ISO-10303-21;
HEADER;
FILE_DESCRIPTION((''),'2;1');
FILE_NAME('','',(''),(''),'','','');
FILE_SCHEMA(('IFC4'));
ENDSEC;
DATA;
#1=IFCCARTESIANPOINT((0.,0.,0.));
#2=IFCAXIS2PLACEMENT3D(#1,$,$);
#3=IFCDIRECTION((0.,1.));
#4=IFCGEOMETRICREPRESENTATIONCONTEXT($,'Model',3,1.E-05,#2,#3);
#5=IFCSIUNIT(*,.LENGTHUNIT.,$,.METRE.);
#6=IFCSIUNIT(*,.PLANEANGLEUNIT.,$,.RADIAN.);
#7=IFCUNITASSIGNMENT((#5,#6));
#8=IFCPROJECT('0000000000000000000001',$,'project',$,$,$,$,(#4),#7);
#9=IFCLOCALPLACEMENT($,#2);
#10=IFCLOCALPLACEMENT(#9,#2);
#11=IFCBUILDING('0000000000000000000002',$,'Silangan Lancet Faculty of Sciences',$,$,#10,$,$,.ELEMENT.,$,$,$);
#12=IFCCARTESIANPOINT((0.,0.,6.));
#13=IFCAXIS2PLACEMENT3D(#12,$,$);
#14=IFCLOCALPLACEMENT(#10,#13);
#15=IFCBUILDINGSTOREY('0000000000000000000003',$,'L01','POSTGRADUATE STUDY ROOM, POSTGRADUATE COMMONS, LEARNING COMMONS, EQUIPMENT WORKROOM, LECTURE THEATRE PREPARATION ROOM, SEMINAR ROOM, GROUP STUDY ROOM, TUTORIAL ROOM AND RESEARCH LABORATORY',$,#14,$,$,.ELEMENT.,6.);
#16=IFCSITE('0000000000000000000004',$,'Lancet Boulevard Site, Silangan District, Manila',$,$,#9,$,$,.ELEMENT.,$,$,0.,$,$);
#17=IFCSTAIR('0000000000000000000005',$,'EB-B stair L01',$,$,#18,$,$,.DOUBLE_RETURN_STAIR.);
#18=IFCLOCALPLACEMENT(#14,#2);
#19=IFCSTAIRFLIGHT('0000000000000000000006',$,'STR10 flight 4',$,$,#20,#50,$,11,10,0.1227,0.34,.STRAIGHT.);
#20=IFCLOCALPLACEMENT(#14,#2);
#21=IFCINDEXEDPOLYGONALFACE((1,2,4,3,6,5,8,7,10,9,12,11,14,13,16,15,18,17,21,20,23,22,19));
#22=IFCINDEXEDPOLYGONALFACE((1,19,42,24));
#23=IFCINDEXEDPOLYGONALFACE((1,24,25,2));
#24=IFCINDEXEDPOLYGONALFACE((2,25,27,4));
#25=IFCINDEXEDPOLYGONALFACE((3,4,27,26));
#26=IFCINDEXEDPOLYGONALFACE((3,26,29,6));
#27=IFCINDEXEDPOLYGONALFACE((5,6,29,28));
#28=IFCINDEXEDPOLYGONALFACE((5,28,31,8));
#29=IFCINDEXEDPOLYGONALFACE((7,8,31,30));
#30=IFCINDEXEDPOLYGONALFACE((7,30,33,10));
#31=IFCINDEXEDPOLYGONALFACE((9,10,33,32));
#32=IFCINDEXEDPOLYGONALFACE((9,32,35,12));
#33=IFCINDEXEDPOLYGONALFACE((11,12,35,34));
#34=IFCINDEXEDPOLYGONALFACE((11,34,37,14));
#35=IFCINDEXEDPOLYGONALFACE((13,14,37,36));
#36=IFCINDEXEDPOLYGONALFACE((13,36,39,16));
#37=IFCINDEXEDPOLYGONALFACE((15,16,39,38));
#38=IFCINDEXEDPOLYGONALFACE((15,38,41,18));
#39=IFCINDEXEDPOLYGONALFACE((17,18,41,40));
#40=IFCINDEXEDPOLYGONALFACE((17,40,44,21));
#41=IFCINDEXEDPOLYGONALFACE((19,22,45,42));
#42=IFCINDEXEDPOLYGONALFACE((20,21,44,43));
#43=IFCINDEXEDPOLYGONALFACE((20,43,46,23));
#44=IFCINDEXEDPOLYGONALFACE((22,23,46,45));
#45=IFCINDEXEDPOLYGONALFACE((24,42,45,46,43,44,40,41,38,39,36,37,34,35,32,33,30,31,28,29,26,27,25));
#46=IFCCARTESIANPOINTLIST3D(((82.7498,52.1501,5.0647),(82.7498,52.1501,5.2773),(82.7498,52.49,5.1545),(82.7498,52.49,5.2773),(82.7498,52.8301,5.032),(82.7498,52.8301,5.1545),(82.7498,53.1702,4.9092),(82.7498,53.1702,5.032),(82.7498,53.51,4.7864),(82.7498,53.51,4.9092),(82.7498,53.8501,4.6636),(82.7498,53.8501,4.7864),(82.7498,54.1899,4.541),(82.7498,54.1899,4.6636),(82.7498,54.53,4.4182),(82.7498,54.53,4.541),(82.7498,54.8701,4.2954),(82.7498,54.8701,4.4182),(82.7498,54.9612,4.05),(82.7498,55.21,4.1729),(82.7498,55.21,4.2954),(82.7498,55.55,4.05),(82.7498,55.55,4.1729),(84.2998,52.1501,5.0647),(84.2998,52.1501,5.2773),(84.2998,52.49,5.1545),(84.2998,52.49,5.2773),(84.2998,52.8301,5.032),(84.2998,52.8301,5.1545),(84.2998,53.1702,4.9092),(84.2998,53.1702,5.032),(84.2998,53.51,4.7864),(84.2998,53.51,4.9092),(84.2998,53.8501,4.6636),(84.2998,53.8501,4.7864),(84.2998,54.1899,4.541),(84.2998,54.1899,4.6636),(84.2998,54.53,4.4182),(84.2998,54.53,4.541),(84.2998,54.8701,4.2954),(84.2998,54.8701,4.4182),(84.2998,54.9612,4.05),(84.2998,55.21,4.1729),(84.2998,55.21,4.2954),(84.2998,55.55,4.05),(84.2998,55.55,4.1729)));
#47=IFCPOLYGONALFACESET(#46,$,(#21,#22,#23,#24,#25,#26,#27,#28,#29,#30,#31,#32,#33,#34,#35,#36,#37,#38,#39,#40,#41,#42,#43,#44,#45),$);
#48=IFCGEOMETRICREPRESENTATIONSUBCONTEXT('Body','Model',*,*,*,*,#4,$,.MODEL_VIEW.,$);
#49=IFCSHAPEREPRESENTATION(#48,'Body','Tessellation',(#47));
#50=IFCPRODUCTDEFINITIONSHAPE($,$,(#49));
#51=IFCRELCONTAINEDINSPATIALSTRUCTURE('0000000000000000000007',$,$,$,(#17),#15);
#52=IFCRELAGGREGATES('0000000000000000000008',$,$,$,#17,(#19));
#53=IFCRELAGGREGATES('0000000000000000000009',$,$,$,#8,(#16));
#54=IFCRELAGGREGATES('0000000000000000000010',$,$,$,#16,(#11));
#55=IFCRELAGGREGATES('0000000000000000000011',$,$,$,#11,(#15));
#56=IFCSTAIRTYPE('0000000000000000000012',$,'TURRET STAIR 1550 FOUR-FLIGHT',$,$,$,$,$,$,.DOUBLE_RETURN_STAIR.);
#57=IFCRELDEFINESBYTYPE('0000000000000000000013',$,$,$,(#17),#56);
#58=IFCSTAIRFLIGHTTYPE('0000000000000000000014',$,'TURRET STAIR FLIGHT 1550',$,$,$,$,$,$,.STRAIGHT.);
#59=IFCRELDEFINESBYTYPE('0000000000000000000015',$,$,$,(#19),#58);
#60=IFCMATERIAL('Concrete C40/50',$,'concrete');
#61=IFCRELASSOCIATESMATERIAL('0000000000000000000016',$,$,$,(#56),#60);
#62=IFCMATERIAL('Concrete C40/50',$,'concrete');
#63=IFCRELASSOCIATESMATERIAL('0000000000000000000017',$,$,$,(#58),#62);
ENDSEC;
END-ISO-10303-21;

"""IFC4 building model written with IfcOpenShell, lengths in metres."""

from ifc_helpers import new_model, si_unit, direction, frame, origin, place, context, subcontext, project, spatial, polyline, outline, extrude, material, type_object, element, aggregate, save


model = new_model("IFC4")

# Units and contexts
model_context = context("Model", 3, precision=1e-05, world=origin(), true_north=direction((0.0, 1.0)))
body_context = subcontext(model_context, "Body", "Model", "MODEL_VIEW")
ifc_project = project(units=[si_unit("LENGTHUNIT", "METRE"), si_unit("PLANEANGLEUNIT", "RADIAN")], contexts=[model_context])

# Site, building, storey
site_placement = place(None, origin())
site = spatial("IfcSite", under=ifc_project, at=site_placement, Name="Lancet Boulevard Site, Silangan District, Manila", CompositionType="ELEMENT", RefElevation=0.0)
building_placement = place(site_placement, origin())
building = spatial("IfcBuilding", under=site, at=building_placement, Name="Silangan Lancet Faculty of Sciences", CompositionType="ELEMENT")
storey_placement = place(building_placement, frame((0.0, 0.0, 6.0)))
storey = spatial("IfcBuildingStorey", under=building, at=storey_placement, Name="L01", Description="POSTGRADUATE STUDY ROOM, POSTGRADUATE COMMONS, LEARNING COMMONS, EQUIPMENT WORKROOM, LECTURE THEATRE PREPARATION ROOM, SEMINAR ROOM, GROUP STUDY ROOM, TUTORIAL ROOM AND RESEARCH LABORATORY", CompositionType="ELEMENT", Elevation=6.0)

# Stair, stair flight
ifc_material_1 = material(Name="Concrete C40/50", Category="concrete")
stair_type = type_object("IfcStairType", Name="TURRET STAIR 1550 FOUR-FLIGHT", PredefinedType="DOUBLE_RETURN_STAIR", material=ifc_material_1)
stair_placement = place(storey_placement, origin())
stair = element("IfcStair", 1, at=stair_placement, inside=storey, type_object=stair_type, Name="EB-B stair L01", PredefinedType="DOUBLE_RETURN_STAIR")
ifc_material_2 = material(Name="Concrete C40/50", Category="concrete")
stair_flight_type = type_object("IfcStairFlightType", Name="TURRET STAIR FLIGHT 1550", PredefinedType="STRAIGHT", material=ifc_material_2)
stair_flight_1_placement = place(storey_placement, frame((83.5249, 55.55, 4.05), z_axis=(0.0, 0.0, 1.0), x_axis=(0.0, -1.0, 0.0)))
stair_flight_1 = element("IfcStairFlight", 2, at=stair_flight_1_placement, type_object=stair_flight_type, Name="STR10 flight 4", NumberOfRisers=11, NumberOfTreads=10, PredefinedType="STRAIGHT", RiserHeight=0.1227, TreadLength=0.34, context=body_context, shape_type="SweptSolid", body=[
    extrude(outline(polyline([(0.0, 0.0), (0.0, 0.1228), (0.3401, 0.1228), (0.3401, 0.2454), (0.6799, 0.2454), (0.6799, 0.3682), (1.02, 0.3682), (1.02, 0.491), (1.3601, 0.491), (1.3601, 0.6135), (1.7, 0.6135), (1.7, 0.7363), (2.04, 0.7363), (2.04, 0.8591), (2.3799, 0.8591), (2.3799, 0.9819), (2.72, 0.9819), (2.72, 1.1045), (3.0601, 1.1045), (3.0601, 1.2273), (3.3999, 1.2273), (3.3999, 1.3501), (3.3999, 1.0146), (0.5889, 0.0), (0.0, 0.0)])), frame((0.0, 0.7749, 0.0), z_axis=(0.0, -1.0, 0.0), x_axis=(1.0, 0.0, 0.0)), (0.0, 0.0, 1.0), 1.55),
])
aggregate(stair, [stair_flight_1])

save(model, "model.ifc")
